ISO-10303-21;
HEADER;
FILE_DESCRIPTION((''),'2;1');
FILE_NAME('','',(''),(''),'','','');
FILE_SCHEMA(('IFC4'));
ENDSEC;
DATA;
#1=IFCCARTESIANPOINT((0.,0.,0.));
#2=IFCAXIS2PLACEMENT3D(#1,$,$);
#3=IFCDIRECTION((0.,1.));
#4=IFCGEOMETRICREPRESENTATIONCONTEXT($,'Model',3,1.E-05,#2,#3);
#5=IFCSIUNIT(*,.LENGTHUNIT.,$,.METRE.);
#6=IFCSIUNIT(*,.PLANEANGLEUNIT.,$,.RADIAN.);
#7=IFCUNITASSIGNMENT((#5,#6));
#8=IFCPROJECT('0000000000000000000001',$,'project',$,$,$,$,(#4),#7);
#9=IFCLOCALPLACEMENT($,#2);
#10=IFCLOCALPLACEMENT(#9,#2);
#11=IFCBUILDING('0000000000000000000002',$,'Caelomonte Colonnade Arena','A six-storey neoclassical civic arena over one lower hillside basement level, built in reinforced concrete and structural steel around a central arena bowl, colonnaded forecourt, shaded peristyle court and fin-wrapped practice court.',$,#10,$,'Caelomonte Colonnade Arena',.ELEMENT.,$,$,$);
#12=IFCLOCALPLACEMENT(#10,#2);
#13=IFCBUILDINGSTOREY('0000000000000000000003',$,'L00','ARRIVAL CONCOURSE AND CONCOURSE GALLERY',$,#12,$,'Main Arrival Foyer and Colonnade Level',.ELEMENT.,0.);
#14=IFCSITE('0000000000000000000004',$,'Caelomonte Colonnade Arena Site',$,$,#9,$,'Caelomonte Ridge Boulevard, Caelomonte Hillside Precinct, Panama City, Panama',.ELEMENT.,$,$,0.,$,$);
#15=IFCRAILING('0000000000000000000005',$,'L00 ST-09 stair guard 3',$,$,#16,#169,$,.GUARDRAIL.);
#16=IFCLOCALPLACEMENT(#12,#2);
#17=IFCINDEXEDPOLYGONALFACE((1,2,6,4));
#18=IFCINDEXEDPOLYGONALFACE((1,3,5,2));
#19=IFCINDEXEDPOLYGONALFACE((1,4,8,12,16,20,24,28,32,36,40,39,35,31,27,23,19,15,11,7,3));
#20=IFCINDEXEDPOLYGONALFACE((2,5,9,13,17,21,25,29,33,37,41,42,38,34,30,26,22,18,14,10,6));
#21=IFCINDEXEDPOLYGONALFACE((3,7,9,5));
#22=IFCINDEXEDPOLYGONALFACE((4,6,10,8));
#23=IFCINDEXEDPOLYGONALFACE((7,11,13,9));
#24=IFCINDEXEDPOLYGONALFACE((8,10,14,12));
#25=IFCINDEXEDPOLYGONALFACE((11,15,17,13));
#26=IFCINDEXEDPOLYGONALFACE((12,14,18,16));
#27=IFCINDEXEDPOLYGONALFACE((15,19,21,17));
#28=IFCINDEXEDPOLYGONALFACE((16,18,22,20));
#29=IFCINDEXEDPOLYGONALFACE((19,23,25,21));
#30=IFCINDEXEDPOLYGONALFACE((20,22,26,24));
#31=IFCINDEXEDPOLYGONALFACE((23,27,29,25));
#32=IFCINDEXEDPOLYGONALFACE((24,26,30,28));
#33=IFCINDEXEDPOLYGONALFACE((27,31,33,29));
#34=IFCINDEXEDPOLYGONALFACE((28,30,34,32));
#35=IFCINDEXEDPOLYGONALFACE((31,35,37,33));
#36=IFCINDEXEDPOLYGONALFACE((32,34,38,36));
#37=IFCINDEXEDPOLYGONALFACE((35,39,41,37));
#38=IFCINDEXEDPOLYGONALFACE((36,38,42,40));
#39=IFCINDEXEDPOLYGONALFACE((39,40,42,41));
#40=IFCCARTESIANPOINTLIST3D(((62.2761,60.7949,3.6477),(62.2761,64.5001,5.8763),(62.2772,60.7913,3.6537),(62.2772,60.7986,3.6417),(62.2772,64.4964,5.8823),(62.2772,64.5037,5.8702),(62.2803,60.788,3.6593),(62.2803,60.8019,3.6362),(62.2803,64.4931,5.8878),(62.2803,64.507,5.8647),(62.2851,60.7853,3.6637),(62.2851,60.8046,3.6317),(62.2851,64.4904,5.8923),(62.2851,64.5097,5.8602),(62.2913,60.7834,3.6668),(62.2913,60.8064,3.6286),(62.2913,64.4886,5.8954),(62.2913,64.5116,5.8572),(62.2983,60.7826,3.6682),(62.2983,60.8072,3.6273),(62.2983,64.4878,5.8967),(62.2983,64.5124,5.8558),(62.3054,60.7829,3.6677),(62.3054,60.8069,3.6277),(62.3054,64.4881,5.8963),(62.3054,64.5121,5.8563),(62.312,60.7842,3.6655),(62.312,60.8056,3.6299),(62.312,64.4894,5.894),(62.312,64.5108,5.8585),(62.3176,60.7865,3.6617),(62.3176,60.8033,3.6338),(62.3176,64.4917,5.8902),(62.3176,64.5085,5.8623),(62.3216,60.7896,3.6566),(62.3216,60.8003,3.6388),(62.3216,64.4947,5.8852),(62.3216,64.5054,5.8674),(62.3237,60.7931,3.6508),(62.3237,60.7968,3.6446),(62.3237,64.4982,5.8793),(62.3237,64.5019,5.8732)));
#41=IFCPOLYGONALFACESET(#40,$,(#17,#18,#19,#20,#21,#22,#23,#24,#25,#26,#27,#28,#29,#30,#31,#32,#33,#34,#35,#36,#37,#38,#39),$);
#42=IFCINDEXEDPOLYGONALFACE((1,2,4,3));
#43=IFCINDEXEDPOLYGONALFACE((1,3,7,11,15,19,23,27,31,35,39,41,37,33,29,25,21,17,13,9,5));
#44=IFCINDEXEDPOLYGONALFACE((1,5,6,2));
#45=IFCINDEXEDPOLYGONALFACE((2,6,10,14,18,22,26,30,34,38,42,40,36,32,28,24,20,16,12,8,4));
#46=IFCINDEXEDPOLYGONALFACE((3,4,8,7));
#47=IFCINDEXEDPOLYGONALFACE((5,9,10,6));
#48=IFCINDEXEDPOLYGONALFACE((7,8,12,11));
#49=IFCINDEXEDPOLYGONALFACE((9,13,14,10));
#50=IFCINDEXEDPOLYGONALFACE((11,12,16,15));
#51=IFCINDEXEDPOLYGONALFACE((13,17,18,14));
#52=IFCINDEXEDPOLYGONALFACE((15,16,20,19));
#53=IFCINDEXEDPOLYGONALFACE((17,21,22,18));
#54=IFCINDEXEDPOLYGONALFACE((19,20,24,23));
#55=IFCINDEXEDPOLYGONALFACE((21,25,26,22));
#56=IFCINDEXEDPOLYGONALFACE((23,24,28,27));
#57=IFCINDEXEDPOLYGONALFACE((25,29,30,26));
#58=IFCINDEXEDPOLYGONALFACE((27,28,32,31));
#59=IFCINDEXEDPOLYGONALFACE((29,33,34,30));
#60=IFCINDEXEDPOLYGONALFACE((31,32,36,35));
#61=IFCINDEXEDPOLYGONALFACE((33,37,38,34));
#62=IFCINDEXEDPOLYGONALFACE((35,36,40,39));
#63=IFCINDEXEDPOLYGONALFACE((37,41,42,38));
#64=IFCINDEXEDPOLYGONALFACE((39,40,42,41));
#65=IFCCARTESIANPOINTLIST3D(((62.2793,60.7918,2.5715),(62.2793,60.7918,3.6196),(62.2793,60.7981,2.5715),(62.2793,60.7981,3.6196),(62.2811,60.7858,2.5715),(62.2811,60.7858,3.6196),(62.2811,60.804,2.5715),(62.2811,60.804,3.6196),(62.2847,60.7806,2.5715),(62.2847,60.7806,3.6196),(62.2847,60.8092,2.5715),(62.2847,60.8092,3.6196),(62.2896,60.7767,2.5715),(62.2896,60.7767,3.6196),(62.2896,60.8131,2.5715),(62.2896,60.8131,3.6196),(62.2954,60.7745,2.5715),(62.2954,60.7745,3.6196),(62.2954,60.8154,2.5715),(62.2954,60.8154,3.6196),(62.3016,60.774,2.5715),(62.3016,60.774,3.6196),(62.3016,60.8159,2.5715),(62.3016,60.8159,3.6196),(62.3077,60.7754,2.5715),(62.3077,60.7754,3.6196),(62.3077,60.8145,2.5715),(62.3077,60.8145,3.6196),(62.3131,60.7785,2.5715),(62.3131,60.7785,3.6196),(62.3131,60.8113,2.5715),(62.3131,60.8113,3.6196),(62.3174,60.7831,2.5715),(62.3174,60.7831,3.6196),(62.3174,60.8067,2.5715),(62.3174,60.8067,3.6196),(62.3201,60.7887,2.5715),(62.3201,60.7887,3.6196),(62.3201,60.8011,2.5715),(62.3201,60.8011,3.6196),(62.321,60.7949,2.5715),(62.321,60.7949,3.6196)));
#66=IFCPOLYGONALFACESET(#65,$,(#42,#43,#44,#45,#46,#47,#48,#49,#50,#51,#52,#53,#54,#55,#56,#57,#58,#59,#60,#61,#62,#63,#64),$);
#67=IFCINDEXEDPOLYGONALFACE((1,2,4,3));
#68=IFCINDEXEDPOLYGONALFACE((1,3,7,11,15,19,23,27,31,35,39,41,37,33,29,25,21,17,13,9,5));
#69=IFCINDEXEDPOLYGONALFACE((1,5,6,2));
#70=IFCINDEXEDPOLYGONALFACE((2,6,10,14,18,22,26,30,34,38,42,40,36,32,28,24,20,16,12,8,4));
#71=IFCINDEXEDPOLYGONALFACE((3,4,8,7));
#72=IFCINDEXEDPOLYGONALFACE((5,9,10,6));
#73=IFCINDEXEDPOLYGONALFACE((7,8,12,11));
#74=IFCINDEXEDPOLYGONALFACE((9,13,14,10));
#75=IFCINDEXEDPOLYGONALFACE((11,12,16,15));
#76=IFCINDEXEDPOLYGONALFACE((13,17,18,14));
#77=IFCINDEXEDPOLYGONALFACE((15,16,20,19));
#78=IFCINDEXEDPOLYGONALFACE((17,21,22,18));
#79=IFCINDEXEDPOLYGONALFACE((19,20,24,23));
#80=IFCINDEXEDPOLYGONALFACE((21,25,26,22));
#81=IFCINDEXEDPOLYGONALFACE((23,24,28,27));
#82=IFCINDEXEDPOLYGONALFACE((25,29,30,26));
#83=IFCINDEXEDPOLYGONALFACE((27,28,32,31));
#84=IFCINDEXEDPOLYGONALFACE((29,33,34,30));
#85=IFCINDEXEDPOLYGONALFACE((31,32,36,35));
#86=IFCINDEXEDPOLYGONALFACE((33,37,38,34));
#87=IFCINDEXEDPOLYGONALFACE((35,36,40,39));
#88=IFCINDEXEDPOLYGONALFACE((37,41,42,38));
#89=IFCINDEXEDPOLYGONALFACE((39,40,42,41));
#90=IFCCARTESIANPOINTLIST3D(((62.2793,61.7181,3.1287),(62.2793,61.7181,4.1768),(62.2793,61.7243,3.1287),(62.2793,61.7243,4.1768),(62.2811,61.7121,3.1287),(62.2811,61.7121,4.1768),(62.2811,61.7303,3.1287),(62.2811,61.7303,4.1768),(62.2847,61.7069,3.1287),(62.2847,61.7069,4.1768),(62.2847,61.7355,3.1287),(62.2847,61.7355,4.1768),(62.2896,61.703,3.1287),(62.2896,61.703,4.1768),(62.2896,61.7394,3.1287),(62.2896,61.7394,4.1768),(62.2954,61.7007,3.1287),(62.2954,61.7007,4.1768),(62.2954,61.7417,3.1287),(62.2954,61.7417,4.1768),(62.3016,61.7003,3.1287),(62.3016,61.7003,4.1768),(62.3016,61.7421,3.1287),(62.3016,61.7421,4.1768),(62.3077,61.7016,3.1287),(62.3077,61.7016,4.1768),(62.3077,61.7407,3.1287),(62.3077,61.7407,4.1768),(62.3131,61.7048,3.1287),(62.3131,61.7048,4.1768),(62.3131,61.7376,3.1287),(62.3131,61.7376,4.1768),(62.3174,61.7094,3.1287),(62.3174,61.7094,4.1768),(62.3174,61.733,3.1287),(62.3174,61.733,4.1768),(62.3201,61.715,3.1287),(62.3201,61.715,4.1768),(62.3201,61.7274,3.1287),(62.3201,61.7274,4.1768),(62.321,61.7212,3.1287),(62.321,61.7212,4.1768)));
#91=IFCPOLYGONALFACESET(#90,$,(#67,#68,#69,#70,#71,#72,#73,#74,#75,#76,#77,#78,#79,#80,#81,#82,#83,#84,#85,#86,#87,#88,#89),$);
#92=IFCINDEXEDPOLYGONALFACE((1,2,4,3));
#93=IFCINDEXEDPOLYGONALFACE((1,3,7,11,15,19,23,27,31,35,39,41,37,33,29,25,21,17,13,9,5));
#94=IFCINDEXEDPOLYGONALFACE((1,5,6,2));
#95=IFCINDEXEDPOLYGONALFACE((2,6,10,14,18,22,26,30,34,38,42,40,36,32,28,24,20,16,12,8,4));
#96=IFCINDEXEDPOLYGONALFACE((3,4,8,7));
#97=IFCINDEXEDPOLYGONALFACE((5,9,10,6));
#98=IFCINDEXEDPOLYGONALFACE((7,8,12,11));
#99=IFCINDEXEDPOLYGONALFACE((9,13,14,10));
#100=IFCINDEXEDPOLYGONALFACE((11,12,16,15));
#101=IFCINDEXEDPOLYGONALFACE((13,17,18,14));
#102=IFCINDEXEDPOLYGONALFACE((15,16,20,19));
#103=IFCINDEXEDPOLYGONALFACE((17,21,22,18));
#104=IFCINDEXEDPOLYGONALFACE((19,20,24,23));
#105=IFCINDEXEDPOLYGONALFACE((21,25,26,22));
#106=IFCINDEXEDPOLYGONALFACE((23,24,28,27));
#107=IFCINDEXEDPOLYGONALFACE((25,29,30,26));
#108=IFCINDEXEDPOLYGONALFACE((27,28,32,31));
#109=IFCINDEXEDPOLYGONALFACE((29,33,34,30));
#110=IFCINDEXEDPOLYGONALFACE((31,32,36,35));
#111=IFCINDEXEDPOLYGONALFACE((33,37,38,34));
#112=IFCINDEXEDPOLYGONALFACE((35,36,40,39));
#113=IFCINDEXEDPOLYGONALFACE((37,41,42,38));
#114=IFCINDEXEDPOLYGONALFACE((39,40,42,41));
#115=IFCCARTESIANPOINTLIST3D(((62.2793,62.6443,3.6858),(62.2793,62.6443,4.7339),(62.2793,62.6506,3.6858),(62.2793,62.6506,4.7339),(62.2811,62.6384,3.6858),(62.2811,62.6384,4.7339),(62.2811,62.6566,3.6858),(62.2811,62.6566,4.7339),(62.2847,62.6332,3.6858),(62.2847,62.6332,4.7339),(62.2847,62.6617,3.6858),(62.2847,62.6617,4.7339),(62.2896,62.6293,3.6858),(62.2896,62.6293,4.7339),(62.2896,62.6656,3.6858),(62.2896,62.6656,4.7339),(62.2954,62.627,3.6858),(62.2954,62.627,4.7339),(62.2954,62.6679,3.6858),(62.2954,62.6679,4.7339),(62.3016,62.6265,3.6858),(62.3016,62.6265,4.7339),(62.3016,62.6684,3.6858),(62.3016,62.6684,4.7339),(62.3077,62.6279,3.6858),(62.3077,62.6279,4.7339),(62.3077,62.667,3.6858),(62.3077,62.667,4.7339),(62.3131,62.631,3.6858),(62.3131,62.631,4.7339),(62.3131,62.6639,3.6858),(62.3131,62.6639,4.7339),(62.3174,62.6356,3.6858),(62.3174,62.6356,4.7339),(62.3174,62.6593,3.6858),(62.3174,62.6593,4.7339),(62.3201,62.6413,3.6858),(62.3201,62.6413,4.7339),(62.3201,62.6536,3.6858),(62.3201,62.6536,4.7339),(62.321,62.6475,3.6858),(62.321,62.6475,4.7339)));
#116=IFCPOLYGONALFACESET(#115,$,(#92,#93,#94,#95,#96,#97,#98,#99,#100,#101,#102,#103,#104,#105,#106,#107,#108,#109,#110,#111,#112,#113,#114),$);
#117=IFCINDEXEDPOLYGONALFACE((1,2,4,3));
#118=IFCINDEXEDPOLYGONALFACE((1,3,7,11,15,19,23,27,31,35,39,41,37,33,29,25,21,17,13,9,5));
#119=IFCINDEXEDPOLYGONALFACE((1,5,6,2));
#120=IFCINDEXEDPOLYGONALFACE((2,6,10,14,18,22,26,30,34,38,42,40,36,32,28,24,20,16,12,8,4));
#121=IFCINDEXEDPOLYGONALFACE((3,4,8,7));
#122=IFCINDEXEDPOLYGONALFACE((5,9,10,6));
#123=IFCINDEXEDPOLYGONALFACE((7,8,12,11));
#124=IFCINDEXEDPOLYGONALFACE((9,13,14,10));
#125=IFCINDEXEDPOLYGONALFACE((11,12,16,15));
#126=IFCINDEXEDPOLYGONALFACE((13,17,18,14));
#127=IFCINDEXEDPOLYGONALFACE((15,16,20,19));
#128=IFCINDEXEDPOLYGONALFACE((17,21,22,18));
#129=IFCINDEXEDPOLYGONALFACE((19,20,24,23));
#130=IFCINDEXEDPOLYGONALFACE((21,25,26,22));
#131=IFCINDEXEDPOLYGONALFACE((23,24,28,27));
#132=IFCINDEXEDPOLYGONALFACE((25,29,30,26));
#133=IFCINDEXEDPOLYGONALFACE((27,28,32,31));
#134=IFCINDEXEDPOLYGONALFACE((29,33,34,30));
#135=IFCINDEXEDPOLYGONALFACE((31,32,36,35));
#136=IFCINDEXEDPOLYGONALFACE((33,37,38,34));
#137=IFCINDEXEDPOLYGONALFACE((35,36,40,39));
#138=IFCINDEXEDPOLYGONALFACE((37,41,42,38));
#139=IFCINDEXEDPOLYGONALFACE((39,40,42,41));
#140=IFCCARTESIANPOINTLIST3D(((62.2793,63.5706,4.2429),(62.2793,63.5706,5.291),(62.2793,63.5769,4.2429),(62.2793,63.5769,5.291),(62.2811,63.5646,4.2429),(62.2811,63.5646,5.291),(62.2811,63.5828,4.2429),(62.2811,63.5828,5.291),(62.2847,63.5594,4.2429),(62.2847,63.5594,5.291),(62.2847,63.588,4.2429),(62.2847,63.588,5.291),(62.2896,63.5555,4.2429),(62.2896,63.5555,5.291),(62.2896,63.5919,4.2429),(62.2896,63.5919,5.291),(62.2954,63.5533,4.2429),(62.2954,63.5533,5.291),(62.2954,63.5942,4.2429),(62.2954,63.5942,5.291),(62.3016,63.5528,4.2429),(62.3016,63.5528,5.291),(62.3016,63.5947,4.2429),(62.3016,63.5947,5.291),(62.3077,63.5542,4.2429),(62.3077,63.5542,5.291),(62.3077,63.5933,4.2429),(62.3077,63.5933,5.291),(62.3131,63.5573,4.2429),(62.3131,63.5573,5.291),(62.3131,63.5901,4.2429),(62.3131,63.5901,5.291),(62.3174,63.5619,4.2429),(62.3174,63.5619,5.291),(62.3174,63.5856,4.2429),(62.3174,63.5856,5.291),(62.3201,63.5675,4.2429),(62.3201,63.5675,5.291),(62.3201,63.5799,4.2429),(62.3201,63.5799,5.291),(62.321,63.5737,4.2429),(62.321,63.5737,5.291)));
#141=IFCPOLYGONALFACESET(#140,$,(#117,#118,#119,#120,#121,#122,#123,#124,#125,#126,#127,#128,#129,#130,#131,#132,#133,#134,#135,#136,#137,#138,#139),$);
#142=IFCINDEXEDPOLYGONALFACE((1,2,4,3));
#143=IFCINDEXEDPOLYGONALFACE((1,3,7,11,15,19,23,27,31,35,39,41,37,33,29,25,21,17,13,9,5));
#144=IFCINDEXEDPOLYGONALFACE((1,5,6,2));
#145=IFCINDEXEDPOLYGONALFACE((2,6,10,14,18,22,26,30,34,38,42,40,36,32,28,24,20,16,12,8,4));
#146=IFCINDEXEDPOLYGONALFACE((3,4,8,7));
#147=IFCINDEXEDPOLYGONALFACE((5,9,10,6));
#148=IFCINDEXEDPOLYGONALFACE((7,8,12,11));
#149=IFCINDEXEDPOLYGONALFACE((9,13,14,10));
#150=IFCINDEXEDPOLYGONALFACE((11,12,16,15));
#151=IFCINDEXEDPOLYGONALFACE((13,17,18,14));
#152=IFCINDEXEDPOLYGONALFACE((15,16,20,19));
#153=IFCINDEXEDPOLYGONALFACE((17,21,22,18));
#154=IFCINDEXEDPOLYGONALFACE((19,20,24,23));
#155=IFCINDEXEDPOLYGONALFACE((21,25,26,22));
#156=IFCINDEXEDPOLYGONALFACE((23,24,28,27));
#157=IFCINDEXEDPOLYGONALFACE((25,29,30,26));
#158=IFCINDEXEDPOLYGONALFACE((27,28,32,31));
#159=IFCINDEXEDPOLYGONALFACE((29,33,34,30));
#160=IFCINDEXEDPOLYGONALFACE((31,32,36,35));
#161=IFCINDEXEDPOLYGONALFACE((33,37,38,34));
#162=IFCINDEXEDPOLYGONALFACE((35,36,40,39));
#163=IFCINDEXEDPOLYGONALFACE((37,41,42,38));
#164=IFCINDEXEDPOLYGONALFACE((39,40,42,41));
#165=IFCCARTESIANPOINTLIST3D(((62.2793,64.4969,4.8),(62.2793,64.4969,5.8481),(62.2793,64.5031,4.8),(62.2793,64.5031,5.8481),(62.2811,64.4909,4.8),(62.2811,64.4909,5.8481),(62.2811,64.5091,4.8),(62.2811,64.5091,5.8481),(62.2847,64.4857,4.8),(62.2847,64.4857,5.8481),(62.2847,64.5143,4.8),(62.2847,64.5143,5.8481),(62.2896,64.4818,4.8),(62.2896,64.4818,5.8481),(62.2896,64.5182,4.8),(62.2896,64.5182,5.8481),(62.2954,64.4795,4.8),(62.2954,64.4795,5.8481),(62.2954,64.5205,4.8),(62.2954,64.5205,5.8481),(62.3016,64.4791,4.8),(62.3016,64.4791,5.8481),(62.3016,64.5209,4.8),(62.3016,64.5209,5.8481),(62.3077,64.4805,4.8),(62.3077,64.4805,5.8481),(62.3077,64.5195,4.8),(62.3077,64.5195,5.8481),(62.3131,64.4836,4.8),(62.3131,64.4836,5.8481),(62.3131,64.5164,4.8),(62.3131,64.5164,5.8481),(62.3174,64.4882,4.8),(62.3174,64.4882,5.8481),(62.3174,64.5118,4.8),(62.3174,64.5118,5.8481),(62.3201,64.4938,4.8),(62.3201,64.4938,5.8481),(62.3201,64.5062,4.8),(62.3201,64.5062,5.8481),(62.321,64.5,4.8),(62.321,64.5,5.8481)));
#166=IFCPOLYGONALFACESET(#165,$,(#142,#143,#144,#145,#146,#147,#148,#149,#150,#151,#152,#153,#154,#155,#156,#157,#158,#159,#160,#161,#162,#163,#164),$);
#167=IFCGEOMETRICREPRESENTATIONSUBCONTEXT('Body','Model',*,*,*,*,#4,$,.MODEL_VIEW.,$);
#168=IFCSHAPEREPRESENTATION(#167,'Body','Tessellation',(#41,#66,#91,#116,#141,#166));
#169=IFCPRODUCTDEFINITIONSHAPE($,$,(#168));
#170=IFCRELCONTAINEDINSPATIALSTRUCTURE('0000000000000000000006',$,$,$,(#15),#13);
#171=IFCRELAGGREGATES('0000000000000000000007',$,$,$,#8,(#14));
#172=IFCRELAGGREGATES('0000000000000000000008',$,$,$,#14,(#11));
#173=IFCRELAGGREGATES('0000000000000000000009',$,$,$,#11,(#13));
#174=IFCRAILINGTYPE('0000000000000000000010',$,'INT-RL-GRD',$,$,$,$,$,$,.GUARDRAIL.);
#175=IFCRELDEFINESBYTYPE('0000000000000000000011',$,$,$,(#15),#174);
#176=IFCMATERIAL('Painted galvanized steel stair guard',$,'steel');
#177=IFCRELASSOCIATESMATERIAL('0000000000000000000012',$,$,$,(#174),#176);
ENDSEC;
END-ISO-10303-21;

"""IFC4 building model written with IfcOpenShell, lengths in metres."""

from ifc_helpers import new_model, si_unit, direction, frame, origin, origin_2d, place, context, subcontext, project, spatial, circle, extrude, material, type_object, element, save


model = new_model("IFC4")

# Units and contexts
model_context = context("Model", 3, precision=1e-05, world=origin(), true_north=direction((0.0, 1.0)))
body_context = subcontext(model_context, "Body", "Model", "MODEL_VIEW")
ifc_project = project(units=[si_unit("LENGTHUNIT", "METRE"), si_unit("PLANEANGLEUNIT", "RADIAN")], contexts=[model_context])

# Site, building, storey
site_placement = place(None, origin())
site = spatial("IfcSite", under=ifc_project, at=site_placement, Name="Caelomonte Colonnade Arena Site", LongName="Caelomonte Ridge Boulevard, Caelomonte Hillside Precinct, Panama City, Panama", CompositionType="ELEMENT", RefElevation=0.0)
building_placement = place(site_placement, origin())
building = spatial("IfcBuilding", under=site, at=building_placement, Name="Caelomonte Colonnade Arena", Description="A six-storey neoclassical civic arena over one lower hillside basement level, built in reinforced concrete and structural steel around a central arena bowl, colonnaded forecourt, shaded peristyle court and fin-wrapped practice court.", LongName="Caelomonte Colonnade Arena", CompositionType="ELEMENT")
storey_placement = place(building_placement, origin())
storey = spatial("IfcBuildingStorey", under=building, at=storey_placement, Name="L00", Description="ARRIVAL CONCOURSE AND CONCOURSE GALLERY", LongName="Main Arrival Foyer and Colonnade Level", CompositionType="ELEMENT", Elevation=0.0)

# Railing
ifc_material_1 = material(Name="Painted galvanized steel stair guard", Category="steel")
railing_type_1 = type_object("IfcRailingType", Name="INT-RL-GRD", PredefinedType="GUARDRAIL", material=ifc_material_1)
railing_1_placement = place(storey_placement, frame((62.3, 60.7949, 2.5715)))
element("IfcRailing", 1, at=railing_1_placement, inside=storey, type_object=railing_type_1, Name="L00 ST-09 stair guard 3", PredefinedType="GUARDRAIL", context=body_context, shape_type="SweptSolid", body=[
    extrude(circle(Radius=0.0239, at=origin_2d()), frame((0.0, 0.0, 1.0762), z_axis=(0.0, 0.856934, 0.515425), x_axis=(-1.0, 0.0, 0.0)), (0.0, 0.0, 1.0), 4.3237),
    extrude(circle(Radius=0.021, at=origin_2d()), origin(), (0.0, 0.0, 1.0), 1.0481),
    extrude(circle(Radius=0.021, at=origin_2d()), frame((0.0, 0.9263, 0.5571)), (0.0, 0.0, 1.0), 1.0481),
    extrude(circle(Radius=0.021, at=origin_2d()), frame((0.0, 1.8525, 1.1143)), (0.0, 0.0, 1.0), 1.0481),
    extrude(circle(Radius=0.021, at=origin_2d()), frame((0.0, 2.7788, 1.6714)), (0.0, 0.0, 1.0), 1.0481),
    extrude(circle(Radius=0.021, at=origin_2d()), frame((0.0, 3.7051, 2.2285)), (0.0, 0.0, 1.0), 1.0481),
])

save(model, "model.ifc")
